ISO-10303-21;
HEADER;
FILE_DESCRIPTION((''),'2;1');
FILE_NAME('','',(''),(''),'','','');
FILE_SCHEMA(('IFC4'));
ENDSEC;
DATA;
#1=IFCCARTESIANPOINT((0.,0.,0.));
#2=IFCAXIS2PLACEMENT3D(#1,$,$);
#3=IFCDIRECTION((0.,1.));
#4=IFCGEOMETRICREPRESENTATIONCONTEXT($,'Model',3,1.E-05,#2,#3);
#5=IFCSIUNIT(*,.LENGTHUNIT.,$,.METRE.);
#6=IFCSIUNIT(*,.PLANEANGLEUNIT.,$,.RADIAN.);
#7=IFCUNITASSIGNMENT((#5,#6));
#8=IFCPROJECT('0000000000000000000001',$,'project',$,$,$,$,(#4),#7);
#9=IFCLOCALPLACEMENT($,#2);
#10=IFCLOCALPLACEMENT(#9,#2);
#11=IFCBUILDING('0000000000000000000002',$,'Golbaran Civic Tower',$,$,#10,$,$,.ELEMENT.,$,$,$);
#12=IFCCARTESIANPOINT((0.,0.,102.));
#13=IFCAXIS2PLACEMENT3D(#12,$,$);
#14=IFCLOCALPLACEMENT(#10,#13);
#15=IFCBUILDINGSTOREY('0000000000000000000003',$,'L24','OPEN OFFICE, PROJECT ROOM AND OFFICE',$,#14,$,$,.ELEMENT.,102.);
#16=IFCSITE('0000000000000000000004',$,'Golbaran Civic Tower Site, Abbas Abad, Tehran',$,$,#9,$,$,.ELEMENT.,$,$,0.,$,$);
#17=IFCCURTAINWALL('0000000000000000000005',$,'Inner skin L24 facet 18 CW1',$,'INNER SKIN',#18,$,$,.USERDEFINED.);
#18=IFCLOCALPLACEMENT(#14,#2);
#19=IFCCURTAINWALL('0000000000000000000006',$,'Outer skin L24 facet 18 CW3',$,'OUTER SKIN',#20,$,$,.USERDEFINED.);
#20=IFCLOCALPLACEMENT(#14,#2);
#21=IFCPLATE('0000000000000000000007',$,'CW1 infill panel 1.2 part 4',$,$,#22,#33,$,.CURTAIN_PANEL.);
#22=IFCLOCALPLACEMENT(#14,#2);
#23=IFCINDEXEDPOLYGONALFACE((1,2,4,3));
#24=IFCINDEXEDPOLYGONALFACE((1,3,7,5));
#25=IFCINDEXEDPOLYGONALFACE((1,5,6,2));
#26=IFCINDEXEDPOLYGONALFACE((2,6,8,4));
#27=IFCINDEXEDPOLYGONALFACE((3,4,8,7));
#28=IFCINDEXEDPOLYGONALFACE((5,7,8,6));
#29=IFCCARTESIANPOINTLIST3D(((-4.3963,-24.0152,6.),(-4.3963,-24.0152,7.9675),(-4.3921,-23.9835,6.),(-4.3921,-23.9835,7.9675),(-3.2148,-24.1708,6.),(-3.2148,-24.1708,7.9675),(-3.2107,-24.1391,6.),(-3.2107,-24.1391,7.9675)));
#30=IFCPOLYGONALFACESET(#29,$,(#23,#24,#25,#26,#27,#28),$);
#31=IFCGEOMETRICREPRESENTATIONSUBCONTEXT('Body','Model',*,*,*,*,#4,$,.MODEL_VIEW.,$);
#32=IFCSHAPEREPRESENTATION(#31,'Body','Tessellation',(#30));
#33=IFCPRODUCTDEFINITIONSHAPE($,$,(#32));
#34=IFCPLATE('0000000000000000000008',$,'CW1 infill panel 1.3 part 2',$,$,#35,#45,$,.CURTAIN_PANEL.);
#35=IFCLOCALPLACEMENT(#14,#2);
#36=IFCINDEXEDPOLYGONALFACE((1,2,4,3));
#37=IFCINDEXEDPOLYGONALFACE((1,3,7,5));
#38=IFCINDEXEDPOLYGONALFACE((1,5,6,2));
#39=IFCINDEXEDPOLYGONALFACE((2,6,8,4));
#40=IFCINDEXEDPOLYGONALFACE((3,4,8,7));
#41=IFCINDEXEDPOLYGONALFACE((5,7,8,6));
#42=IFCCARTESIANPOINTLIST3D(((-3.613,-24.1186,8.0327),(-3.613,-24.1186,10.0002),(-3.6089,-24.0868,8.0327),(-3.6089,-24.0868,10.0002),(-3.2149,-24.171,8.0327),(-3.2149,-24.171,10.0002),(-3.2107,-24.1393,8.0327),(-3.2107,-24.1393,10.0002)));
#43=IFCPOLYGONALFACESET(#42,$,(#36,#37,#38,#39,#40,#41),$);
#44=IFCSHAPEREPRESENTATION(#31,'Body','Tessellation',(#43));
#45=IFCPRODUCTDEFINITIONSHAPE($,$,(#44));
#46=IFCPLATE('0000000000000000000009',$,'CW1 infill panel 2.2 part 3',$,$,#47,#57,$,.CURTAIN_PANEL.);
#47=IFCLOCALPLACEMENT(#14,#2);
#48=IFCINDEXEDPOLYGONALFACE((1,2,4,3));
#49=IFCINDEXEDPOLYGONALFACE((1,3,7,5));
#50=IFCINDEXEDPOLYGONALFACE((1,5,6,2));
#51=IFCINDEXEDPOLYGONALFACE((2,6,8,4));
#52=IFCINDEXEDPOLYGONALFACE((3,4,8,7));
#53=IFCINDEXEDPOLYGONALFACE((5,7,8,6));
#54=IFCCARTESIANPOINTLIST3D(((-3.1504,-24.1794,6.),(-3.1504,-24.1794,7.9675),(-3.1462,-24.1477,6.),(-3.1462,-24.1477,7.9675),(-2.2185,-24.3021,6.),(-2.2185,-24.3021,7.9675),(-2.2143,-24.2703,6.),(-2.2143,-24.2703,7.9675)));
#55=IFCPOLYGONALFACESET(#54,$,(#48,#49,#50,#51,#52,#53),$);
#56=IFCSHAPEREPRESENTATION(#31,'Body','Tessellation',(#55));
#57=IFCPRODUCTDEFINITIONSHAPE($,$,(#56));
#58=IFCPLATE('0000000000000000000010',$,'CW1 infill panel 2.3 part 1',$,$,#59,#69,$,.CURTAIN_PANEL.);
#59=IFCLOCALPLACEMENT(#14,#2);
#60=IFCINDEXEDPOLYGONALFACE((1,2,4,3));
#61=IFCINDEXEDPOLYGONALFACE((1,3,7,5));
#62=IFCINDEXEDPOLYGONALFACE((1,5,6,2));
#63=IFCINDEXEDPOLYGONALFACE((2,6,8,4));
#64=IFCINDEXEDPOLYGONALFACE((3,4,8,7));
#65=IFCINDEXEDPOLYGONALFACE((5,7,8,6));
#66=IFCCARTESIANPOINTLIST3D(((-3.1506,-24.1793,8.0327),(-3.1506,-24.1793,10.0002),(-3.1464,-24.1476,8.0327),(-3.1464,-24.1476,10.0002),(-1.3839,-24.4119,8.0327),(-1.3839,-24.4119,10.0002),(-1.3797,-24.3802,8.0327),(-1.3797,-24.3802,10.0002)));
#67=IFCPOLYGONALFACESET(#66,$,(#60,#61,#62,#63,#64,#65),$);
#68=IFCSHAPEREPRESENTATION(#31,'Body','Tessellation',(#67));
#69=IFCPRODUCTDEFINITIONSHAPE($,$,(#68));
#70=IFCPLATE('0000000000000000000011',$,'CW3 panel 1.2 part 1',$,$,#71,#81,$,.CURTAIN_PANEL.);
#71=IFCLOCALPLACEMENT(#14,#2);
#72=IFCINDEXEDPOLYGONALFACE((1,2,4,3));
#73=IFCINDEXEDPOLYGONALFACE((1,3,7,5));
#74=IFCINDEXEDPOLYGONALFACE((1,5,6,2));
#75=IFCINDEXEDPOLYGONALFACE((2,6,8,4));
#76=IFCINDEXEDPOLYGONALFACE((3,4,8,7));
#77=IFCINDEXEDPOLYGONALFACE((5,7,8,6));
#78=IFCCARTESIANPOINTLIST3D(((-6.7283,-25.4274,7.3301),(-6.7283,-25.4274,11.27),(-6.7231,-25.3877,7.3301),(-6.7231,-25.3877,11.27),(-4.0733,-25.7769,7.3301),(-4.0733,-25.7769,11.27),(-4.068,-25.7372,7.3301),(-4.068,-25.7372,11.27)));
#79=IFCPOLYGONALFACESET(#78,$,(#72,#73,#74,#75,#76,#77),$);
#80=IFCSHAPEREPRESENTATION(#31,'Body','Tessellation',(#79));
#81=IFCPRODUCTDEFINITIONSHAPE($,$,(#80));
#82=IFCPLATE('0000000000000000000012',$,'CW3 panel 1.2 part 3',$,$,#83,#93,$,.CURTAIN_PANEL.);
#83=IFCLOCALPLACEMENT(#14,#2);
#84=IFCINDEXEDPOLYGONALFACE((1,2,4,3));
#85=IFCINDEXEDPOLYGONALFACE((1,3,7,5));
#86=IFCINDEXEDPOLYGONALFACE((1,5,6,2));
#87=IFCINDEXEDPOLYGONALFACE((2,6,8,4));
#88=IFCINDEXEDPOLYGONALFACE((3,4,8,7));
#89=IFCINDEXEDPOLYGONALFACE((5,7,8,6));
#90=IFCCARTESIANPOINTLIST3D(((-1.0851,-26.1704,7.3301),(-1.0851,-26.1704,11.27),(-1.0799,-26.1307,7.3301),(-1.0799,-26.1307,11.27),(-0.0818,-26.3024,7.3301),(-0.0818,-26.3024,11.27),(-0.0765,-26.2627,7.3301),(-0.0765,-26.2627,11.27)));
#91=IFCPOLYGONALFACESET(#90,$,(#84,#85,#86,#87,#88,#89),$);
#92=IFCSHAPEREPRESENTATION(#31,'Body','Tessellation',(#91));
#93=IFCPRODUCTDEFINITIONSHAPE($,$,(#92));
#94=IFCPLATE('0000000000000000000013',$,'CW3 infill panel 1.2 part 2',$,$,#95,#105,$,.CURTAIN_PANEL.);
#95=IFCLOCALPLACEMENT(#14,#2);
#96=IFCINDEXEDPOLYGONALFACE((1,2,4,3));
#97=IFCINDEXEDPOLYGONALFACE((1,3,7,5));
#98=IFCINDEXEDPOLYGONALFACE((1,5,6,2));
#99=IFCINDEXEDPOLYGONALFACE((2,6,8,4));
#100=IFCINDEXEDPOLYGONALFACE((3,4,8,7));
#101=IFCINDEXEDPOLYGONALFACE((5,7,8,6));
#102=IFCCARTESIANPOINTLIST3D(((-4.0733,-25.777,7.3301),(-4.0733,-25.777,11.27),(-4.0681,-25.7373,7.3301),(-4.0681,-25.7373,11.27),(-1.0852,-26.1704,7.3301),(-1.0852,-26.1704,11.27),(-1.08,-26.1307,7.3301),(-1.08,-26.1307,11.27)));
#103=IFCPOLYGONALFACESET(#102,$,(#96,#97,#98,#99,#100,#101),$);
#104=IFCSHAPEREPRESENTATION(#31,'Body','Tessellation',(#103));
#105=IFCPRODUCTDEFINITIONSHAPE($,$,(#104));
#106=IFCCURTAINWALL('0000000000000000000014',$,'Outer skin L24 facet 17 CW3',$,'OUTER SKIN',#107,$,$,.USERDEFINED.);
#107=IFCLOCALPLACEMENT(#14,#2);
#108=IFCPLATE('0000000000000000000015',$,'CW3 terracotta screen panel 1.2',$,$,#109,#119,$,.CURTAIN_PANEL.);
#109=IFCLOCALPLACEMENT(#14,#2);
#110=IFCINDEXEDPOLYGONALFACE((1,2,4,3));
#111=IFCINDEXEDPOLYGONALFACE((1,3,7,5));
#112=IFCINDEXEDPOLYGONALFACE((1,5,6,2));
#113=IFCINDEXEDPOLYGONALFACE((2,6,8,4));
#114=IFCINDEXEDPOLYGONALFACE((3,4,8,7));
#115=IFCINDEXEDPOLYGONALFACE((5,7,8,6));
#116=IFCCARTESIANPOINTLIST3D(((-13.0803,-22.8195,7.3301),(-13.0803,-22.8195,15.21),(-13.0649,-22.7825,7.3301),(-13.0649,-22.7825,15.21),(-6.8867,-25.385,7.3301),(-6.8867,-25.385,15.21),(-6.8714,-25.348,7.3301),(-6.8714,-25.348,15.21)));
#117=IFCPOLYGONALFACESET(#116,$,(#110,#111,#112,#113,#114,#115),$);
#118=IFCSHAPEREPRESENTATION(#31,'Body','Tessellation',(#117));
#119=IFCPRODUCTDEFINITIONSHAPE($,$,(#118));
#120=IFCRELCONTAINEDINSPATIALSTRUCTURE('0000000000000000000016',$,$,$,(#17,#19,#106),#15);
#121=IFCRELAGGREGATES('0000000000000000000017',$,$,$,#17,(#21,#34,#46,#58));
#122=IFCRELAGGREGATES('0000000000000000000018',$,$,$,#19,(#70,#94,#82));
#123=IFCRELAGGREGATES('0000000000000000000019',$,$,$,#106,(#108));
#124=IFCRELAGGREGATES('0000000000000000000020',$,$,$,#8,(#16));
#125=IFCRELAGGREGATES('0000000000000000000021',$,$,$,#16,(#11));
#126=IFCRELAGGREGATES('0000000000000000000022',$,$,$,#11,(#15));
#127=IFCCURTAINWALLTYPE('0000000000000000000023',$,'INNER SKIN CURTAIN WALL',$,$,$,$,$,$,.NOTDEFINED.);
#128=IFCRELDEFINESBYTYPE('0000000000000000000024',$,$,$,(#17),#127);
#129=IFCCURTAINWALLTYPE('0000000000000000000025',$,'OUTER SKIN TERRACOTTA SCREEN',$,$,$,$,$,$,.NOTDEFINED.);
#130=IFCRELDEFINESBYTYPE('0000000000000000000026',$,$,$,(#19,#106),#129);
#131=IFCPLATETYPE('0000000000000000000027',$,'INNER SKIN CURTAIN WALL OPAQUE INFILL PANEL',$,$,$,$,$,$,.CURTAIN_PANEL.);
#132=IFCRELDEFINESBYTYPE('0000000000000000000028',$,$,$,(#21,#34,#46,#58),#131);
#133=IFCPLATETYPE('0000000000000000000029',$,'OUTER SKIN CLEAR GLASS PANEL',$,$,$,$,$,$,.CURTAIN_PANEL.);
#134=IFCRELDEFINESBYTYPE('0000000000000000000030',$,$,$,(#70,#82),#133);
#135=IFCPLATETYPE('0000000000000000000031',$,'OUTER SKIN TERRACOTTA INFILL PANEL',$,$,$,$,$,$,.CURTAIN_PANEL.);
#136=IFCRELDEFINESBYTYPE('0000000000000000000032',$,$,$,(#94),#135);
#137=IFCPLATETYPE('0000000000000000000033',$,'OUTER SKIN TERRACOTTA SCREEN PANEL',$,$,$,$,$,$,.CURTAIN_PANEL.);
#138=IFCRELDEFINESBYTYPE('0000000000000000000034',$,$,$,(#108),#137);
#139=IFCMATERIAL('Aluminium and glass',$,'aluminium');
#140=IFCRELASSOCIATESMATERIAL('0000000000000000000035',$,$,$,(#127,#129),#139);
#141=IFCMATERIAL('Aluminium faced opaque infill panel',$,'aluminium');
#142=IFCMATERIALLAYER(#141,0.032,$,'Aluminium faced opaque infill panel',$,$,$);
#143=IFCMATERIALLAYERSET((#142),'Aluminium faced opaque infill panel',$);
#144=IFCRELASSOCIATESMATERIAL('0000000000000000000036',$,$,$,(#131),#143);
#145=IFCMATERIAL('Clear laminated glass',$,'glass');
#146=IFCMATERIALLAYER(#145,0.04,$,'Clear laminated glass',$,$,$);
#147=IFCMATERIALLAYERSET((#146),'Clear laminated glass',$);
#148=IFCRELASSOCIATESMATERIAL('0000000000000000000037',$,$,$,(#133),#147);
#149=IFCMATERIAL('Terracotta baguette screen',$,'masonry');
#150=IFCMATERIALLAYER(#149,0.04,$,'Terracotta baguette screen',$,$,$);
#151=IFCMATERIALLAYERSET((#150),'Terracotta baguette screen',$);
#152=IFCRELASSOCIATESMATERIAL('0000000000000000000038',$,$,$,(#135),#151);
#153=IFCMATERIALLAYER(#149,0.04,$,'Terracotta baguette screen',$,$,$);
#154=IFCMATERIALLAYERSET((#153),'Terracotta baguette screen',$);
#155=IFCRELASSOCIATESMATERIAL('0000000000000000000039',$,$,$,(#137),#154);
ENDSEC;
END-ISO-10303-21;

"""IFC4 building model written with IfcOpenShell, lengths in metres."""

from ifc_helpers import new_model, si_unit, direction, frame, origin, origin_2d, place, context, subcontext, project, spatial, rectangle, extrude, material, layer, layer_set, type_object, element, aggregate, save


model = new_model("IFC4")

# Units and contexts
model_context = context("Model", 3, precision=1e-05, world=origin(), true_north=direction((0.0, 1.0)))
body_context = subcontext(model_context, "Body", "Model", "MODEL_VIEW")
ifc_project = project(units=[si_unit("LENGTHUNIT", "METRE"), si_unit("PLANEANGLEUNIT", "RADIAN")], contexts=[model_context])

# Site, building, storey
site_placement = place(None, origin())
site = spatial("IfcSite", under=ifc_project, at=site_placement, Name="Golbaran Civic Tower Site, Abbas Abad, Tehran", CompositionType="ELEMENT", RefElevation=0.0)
building_placement = place(site_placement, origin())
building = spatial("IfcBuilding", under=site, at=building_placement, Name="Golbaran Civic Tower", CompositionType="ELEMENT")
storey_placement = place(building_placement, frame((0.0, 0.0, 102.0)))
storey = spatial("IfcBuildingStorey", under=building, at=storey_placement, Name="L24", Description="OPEN OFFICE, PROJECT ROOM AND OFFICE", CompositionType="ELEMENT", Elevation=102.0)

# Shared definitions
ifc_material_1 = material(Name="Aluminium and glass", Category="aluminium")
curtain_wall_type_1 = type_object("IfcCurtainWallType", Name="INNER SKIN CURTAIN WALL", PredefinedType="NOTDEFINED", material=ifc_material_1)

# Curtain wall
curtain_wall_1_placement = place(storey_placement, origin())
curtain_wall_1 = element("IfcCurtainWall", 1, at=curtain_wall_1_placement, inside=storey, type_object=curtain_wall_type_1, Name="Inner skin L24 facet 18 CW1", ObjectType="INNER SKIN", PredefinedType="USERDEFINED")

# Curtain wall
curtain_wall_type_2 = type_object("IfcCurtainWallType", Name="OUTER SKIN TERRACOTTA SCREEN", PredefinedType="NOTDEFINED", material=ifc_material_1)
curtain_wall_2_placement = place(storey_placement, origin())
curtain_wall_2 = element("IfcCurtainWall", 2, at=curtain_wall_2_placement, inside=storey, type_object=curtain_wall_type_2, Name="Outer skin L24 facet 18 CW3", ObjectType="OUTER SKIN", PredefinedType="USERDEFINED")

# Plates
ifc_material_2 = material(Name="Aluminium faced opaque infill panel", Category="aluminium")
ifc_layer_1 = layer(ifc_material_2, 0.032, Name="Aluminium faced opaque infill panel")
ifc_layer_set_1 = layer_set([ifc_layer_1], Name="Aluminium faced opaque infill panel")
plate_type_1 = type_object("IfcPlateType", Name="INNER SKIN CURTAIN WALL OPAQUE INFILL PANEL", PredefinedType="CURTAIN_PANEL", material=ifc_layer_set_1)
plate_1_placement = place(storey_placement, frame((-3.8035, -24.0771, 6.0), z_axis=(0.0, 0.0, 1.0), x_axis=(0.991445, -0.130526, 0.0)))
plate_1 = element("IfcPlate", 3, at=plate_1_placement, type_object=plate_type_1, Name="CW1 infill panel 1.2 part 4", PredefinedType="CURTAIN_PANEL", context=body_context, shape_type="SweptSolid", body=[
    extrude(rectangle(XDim=1.1917, YDim=0.032, at=origin_2d()), origin(), (0.0, 0.0, 1.0), 1.9675),
])
plate_2_placement = place(storey_placement, frame((-3.4119, -24.1289, 8.0327), z_axis=(0.0, 0.0, 1.0), x_axis=(0.991445, -0.130526, 0.0)))
plate_2 = element("IfcPlate", 4, at=plate_2_placement, type_object=plate_type_1, Name="CW1 infill panel 1.3 part 2", PredefinedType="CURTAIN_PANEL", context=body_context, shape_type="SweptSolid", body=[
    extrude(rectangle(XDim=0.4016, YDim=0.032, at=origin_2d()), origin(), (0.0, 0.0, 1.0), 1.9675),
])
plate_3_placement = place(storey_placement, frame((-2.6824, -24.2249, 6.0), z_axis=(0.0, 0.0, 1.0), x_axis=(0.991445, -0.130526, 0.0)))
plate_3 = element("IfcPlate", 5, at=plate_3_placement, type_object=plate_type_1, Name="CW1 infill panel 2.2 part 3", PredefinedType="CURTAIN_PANEL", context=body_context, shape_type="SweptSolid", body=[
    extrude(rectangle(XDim=0.9399, YDim=0.032, at=origin_2d()), origin(), (0.0, 0.0, 1.0), 1.9675),
])
plate_4_placement = place(storey_placement, frame((-2.2651, -24.2798, 8.0327), z_axis=(0.0, 0.0, 1.0), x_axis=(0.991445, -0.130526, 0.0)))
plate_4 = element("IfcPlate", 6, at=plate_4_placement, type_object=plate_type_1, Name="CW1 infill panel 2.3 part 1", PredefinedType="CURTAIN_PANEL", context=body_context, shape_type="SweptSolid", body=[
    extrude(rectangle(XDim=1.782, YDim=0.032, at=origin_2d()), origin(), (0.0, 0.0, 1.0), 1.9675),
])
aggregate(curtain_wall_1, [plate_1, plate_2, plate_3, plate_4])
ifc_material_3 = material(Name="Clear laminated glass", Category="glass")
ifc_layer_2 = layer(ifc_material_3, 0.04, Name="Clear laminated glass")
ifc_layer_set_2 = layer_set([ifc_layer_2], Name="Clear laminated glass")
plate_type_2 = type_object("IfcPlateType", Name="OUTER SKIN CLEAR GLASS PANEL", PredefinedType="CURTAIN_PANEL", material=ifc_layer_set_2)
plate_5_placement = place(storey_placement, frame((-5.3982, -25.5823, 7.3301), z_axis=(0.0, 0.0, 1.0), x_axis=(0.991445, -0.130526, 0.0)))
plate_5 = element("IfcPlate", 7, at=plate_5_placement, type_object=plate_type_2, Name="CW3 panel 1.2 part 1", PredefinedType="CURTAIN_PANEL", context=body_context, shape_type="SweptSolid", body=[
    extrude(rectangle(XDim=2.678, YDim=0.04, at=origin_2d()), origin(), (0.0, 0.0, 1.0), 3.9399),
])
plate_6_placement = place(storey_placement, frame((-0.5808, -26.2166, 7.3301), z_axis=(0.0, 0.0, 1.0), x_axis=(0.991445, -0.130526, 0.0)))
plate_6 = element("IfcPlate", 8, at=plate_6_placement, type_object=plate_type_2, Name="CW3 panel 1.2 part 3", PredefinedType="CURTAIN_PANEL", context=body_context, shape_type="SweptSolid", body=[
    extrude(rectangle(XDim=1.012, YDim=0.04, at=origin_2d()), origin(), (0.0, 0.0, 1.0), 3.9399),
])
ifc_material_4 = material(Name="Terracotta baguette screen", Category="masonry")
ifc_layer_3 = layer(ifc_material_4, 0.04, Name="Terracotta baguette screen")
ifc_layer_set_3 = layer_set([ifc_layer_3], Name="Terracotta baguette screen")
plate_type_3 = type_object("IfcPlateType", Name="OUTER SKIN TERRACOTTA INFILL PANEL", PredefinedType="CURTAIN_PANEL", material=ifc_layer_set_3)
plate_7_placement = place(storey_placement, frame((-2.5767, -25.9539, 7.3301), z_axis=(0.0, 0.0, 1.0), x_axis=(0.991445, -0.130526, 0.0)))
plate_7 = element("IfcPlate", 9, at=plate_7_placement, type_object=plate_type_3, Name="CW3 infill panel 1.2 part 2", PredefinedType="CURTAIN_PANEL", context=body_context, shape_type="SweptSolid", body=[
    extrude(rectangle(XDim=3.0139, YDim=0.04, at=origin_2d()), origin(), (0.0, 0.0, 1.0), 3.9399),
])
aggregate(curtain_wall_2, [plate_5, plate_7, plate_6])

# Curtain wall, plate
curtain_wall_3_placement = place(storey_placement, origin())
curtain_wall_3 = element("IfcCurtainWall", 10, at=curtain_wall_3_placement, inside=storey, type_object=curtain_wall_type_2, Name="Outer skin L24 facet 17 CW3", ObjectType="OUTER SKIN", PredefinedType="USERDEFINED")
ifc_layer_4 = layer(ifc_material_4, 0.04, Name="Terracotta baguette screen")
ifc_layer_set_4 = layer_set([ifc_layer_4], Name="Terracotta baguette screen")
plate_type_4 = type_object("IfcPlateType", Name="OUTER SKIN TERRACOTTA SCREEN PANEL", PredefinedType="CURTAIN_PANEL", material=ifc_layer_set_4)
plate_8_placement = place(storey_placement, frame((-9.9758, -24.0837, 7.3301), z_axis=(0.0, 0.0, 1.0), x_axis=(0.92388, -0.382683, 0.0)))
plate_8 = element("IfcPlate", 11, at=plate_8_placement, type_object=plate_type_4, Name="CW3 terracotta screen panel 1.2", PredefinedType="CURTAIN_PANEL", context=body_context, shape_type="SweptSolid", body=[
    extrude(rectangle(XDim=6.7039, YDim=0.04, at=origin_2d()), origin(), (0.0, 0.0, 1.0), 7.8799),
])
aggregate(curtain_wall_3, [plate_8])

save(model, "model.ifc")
